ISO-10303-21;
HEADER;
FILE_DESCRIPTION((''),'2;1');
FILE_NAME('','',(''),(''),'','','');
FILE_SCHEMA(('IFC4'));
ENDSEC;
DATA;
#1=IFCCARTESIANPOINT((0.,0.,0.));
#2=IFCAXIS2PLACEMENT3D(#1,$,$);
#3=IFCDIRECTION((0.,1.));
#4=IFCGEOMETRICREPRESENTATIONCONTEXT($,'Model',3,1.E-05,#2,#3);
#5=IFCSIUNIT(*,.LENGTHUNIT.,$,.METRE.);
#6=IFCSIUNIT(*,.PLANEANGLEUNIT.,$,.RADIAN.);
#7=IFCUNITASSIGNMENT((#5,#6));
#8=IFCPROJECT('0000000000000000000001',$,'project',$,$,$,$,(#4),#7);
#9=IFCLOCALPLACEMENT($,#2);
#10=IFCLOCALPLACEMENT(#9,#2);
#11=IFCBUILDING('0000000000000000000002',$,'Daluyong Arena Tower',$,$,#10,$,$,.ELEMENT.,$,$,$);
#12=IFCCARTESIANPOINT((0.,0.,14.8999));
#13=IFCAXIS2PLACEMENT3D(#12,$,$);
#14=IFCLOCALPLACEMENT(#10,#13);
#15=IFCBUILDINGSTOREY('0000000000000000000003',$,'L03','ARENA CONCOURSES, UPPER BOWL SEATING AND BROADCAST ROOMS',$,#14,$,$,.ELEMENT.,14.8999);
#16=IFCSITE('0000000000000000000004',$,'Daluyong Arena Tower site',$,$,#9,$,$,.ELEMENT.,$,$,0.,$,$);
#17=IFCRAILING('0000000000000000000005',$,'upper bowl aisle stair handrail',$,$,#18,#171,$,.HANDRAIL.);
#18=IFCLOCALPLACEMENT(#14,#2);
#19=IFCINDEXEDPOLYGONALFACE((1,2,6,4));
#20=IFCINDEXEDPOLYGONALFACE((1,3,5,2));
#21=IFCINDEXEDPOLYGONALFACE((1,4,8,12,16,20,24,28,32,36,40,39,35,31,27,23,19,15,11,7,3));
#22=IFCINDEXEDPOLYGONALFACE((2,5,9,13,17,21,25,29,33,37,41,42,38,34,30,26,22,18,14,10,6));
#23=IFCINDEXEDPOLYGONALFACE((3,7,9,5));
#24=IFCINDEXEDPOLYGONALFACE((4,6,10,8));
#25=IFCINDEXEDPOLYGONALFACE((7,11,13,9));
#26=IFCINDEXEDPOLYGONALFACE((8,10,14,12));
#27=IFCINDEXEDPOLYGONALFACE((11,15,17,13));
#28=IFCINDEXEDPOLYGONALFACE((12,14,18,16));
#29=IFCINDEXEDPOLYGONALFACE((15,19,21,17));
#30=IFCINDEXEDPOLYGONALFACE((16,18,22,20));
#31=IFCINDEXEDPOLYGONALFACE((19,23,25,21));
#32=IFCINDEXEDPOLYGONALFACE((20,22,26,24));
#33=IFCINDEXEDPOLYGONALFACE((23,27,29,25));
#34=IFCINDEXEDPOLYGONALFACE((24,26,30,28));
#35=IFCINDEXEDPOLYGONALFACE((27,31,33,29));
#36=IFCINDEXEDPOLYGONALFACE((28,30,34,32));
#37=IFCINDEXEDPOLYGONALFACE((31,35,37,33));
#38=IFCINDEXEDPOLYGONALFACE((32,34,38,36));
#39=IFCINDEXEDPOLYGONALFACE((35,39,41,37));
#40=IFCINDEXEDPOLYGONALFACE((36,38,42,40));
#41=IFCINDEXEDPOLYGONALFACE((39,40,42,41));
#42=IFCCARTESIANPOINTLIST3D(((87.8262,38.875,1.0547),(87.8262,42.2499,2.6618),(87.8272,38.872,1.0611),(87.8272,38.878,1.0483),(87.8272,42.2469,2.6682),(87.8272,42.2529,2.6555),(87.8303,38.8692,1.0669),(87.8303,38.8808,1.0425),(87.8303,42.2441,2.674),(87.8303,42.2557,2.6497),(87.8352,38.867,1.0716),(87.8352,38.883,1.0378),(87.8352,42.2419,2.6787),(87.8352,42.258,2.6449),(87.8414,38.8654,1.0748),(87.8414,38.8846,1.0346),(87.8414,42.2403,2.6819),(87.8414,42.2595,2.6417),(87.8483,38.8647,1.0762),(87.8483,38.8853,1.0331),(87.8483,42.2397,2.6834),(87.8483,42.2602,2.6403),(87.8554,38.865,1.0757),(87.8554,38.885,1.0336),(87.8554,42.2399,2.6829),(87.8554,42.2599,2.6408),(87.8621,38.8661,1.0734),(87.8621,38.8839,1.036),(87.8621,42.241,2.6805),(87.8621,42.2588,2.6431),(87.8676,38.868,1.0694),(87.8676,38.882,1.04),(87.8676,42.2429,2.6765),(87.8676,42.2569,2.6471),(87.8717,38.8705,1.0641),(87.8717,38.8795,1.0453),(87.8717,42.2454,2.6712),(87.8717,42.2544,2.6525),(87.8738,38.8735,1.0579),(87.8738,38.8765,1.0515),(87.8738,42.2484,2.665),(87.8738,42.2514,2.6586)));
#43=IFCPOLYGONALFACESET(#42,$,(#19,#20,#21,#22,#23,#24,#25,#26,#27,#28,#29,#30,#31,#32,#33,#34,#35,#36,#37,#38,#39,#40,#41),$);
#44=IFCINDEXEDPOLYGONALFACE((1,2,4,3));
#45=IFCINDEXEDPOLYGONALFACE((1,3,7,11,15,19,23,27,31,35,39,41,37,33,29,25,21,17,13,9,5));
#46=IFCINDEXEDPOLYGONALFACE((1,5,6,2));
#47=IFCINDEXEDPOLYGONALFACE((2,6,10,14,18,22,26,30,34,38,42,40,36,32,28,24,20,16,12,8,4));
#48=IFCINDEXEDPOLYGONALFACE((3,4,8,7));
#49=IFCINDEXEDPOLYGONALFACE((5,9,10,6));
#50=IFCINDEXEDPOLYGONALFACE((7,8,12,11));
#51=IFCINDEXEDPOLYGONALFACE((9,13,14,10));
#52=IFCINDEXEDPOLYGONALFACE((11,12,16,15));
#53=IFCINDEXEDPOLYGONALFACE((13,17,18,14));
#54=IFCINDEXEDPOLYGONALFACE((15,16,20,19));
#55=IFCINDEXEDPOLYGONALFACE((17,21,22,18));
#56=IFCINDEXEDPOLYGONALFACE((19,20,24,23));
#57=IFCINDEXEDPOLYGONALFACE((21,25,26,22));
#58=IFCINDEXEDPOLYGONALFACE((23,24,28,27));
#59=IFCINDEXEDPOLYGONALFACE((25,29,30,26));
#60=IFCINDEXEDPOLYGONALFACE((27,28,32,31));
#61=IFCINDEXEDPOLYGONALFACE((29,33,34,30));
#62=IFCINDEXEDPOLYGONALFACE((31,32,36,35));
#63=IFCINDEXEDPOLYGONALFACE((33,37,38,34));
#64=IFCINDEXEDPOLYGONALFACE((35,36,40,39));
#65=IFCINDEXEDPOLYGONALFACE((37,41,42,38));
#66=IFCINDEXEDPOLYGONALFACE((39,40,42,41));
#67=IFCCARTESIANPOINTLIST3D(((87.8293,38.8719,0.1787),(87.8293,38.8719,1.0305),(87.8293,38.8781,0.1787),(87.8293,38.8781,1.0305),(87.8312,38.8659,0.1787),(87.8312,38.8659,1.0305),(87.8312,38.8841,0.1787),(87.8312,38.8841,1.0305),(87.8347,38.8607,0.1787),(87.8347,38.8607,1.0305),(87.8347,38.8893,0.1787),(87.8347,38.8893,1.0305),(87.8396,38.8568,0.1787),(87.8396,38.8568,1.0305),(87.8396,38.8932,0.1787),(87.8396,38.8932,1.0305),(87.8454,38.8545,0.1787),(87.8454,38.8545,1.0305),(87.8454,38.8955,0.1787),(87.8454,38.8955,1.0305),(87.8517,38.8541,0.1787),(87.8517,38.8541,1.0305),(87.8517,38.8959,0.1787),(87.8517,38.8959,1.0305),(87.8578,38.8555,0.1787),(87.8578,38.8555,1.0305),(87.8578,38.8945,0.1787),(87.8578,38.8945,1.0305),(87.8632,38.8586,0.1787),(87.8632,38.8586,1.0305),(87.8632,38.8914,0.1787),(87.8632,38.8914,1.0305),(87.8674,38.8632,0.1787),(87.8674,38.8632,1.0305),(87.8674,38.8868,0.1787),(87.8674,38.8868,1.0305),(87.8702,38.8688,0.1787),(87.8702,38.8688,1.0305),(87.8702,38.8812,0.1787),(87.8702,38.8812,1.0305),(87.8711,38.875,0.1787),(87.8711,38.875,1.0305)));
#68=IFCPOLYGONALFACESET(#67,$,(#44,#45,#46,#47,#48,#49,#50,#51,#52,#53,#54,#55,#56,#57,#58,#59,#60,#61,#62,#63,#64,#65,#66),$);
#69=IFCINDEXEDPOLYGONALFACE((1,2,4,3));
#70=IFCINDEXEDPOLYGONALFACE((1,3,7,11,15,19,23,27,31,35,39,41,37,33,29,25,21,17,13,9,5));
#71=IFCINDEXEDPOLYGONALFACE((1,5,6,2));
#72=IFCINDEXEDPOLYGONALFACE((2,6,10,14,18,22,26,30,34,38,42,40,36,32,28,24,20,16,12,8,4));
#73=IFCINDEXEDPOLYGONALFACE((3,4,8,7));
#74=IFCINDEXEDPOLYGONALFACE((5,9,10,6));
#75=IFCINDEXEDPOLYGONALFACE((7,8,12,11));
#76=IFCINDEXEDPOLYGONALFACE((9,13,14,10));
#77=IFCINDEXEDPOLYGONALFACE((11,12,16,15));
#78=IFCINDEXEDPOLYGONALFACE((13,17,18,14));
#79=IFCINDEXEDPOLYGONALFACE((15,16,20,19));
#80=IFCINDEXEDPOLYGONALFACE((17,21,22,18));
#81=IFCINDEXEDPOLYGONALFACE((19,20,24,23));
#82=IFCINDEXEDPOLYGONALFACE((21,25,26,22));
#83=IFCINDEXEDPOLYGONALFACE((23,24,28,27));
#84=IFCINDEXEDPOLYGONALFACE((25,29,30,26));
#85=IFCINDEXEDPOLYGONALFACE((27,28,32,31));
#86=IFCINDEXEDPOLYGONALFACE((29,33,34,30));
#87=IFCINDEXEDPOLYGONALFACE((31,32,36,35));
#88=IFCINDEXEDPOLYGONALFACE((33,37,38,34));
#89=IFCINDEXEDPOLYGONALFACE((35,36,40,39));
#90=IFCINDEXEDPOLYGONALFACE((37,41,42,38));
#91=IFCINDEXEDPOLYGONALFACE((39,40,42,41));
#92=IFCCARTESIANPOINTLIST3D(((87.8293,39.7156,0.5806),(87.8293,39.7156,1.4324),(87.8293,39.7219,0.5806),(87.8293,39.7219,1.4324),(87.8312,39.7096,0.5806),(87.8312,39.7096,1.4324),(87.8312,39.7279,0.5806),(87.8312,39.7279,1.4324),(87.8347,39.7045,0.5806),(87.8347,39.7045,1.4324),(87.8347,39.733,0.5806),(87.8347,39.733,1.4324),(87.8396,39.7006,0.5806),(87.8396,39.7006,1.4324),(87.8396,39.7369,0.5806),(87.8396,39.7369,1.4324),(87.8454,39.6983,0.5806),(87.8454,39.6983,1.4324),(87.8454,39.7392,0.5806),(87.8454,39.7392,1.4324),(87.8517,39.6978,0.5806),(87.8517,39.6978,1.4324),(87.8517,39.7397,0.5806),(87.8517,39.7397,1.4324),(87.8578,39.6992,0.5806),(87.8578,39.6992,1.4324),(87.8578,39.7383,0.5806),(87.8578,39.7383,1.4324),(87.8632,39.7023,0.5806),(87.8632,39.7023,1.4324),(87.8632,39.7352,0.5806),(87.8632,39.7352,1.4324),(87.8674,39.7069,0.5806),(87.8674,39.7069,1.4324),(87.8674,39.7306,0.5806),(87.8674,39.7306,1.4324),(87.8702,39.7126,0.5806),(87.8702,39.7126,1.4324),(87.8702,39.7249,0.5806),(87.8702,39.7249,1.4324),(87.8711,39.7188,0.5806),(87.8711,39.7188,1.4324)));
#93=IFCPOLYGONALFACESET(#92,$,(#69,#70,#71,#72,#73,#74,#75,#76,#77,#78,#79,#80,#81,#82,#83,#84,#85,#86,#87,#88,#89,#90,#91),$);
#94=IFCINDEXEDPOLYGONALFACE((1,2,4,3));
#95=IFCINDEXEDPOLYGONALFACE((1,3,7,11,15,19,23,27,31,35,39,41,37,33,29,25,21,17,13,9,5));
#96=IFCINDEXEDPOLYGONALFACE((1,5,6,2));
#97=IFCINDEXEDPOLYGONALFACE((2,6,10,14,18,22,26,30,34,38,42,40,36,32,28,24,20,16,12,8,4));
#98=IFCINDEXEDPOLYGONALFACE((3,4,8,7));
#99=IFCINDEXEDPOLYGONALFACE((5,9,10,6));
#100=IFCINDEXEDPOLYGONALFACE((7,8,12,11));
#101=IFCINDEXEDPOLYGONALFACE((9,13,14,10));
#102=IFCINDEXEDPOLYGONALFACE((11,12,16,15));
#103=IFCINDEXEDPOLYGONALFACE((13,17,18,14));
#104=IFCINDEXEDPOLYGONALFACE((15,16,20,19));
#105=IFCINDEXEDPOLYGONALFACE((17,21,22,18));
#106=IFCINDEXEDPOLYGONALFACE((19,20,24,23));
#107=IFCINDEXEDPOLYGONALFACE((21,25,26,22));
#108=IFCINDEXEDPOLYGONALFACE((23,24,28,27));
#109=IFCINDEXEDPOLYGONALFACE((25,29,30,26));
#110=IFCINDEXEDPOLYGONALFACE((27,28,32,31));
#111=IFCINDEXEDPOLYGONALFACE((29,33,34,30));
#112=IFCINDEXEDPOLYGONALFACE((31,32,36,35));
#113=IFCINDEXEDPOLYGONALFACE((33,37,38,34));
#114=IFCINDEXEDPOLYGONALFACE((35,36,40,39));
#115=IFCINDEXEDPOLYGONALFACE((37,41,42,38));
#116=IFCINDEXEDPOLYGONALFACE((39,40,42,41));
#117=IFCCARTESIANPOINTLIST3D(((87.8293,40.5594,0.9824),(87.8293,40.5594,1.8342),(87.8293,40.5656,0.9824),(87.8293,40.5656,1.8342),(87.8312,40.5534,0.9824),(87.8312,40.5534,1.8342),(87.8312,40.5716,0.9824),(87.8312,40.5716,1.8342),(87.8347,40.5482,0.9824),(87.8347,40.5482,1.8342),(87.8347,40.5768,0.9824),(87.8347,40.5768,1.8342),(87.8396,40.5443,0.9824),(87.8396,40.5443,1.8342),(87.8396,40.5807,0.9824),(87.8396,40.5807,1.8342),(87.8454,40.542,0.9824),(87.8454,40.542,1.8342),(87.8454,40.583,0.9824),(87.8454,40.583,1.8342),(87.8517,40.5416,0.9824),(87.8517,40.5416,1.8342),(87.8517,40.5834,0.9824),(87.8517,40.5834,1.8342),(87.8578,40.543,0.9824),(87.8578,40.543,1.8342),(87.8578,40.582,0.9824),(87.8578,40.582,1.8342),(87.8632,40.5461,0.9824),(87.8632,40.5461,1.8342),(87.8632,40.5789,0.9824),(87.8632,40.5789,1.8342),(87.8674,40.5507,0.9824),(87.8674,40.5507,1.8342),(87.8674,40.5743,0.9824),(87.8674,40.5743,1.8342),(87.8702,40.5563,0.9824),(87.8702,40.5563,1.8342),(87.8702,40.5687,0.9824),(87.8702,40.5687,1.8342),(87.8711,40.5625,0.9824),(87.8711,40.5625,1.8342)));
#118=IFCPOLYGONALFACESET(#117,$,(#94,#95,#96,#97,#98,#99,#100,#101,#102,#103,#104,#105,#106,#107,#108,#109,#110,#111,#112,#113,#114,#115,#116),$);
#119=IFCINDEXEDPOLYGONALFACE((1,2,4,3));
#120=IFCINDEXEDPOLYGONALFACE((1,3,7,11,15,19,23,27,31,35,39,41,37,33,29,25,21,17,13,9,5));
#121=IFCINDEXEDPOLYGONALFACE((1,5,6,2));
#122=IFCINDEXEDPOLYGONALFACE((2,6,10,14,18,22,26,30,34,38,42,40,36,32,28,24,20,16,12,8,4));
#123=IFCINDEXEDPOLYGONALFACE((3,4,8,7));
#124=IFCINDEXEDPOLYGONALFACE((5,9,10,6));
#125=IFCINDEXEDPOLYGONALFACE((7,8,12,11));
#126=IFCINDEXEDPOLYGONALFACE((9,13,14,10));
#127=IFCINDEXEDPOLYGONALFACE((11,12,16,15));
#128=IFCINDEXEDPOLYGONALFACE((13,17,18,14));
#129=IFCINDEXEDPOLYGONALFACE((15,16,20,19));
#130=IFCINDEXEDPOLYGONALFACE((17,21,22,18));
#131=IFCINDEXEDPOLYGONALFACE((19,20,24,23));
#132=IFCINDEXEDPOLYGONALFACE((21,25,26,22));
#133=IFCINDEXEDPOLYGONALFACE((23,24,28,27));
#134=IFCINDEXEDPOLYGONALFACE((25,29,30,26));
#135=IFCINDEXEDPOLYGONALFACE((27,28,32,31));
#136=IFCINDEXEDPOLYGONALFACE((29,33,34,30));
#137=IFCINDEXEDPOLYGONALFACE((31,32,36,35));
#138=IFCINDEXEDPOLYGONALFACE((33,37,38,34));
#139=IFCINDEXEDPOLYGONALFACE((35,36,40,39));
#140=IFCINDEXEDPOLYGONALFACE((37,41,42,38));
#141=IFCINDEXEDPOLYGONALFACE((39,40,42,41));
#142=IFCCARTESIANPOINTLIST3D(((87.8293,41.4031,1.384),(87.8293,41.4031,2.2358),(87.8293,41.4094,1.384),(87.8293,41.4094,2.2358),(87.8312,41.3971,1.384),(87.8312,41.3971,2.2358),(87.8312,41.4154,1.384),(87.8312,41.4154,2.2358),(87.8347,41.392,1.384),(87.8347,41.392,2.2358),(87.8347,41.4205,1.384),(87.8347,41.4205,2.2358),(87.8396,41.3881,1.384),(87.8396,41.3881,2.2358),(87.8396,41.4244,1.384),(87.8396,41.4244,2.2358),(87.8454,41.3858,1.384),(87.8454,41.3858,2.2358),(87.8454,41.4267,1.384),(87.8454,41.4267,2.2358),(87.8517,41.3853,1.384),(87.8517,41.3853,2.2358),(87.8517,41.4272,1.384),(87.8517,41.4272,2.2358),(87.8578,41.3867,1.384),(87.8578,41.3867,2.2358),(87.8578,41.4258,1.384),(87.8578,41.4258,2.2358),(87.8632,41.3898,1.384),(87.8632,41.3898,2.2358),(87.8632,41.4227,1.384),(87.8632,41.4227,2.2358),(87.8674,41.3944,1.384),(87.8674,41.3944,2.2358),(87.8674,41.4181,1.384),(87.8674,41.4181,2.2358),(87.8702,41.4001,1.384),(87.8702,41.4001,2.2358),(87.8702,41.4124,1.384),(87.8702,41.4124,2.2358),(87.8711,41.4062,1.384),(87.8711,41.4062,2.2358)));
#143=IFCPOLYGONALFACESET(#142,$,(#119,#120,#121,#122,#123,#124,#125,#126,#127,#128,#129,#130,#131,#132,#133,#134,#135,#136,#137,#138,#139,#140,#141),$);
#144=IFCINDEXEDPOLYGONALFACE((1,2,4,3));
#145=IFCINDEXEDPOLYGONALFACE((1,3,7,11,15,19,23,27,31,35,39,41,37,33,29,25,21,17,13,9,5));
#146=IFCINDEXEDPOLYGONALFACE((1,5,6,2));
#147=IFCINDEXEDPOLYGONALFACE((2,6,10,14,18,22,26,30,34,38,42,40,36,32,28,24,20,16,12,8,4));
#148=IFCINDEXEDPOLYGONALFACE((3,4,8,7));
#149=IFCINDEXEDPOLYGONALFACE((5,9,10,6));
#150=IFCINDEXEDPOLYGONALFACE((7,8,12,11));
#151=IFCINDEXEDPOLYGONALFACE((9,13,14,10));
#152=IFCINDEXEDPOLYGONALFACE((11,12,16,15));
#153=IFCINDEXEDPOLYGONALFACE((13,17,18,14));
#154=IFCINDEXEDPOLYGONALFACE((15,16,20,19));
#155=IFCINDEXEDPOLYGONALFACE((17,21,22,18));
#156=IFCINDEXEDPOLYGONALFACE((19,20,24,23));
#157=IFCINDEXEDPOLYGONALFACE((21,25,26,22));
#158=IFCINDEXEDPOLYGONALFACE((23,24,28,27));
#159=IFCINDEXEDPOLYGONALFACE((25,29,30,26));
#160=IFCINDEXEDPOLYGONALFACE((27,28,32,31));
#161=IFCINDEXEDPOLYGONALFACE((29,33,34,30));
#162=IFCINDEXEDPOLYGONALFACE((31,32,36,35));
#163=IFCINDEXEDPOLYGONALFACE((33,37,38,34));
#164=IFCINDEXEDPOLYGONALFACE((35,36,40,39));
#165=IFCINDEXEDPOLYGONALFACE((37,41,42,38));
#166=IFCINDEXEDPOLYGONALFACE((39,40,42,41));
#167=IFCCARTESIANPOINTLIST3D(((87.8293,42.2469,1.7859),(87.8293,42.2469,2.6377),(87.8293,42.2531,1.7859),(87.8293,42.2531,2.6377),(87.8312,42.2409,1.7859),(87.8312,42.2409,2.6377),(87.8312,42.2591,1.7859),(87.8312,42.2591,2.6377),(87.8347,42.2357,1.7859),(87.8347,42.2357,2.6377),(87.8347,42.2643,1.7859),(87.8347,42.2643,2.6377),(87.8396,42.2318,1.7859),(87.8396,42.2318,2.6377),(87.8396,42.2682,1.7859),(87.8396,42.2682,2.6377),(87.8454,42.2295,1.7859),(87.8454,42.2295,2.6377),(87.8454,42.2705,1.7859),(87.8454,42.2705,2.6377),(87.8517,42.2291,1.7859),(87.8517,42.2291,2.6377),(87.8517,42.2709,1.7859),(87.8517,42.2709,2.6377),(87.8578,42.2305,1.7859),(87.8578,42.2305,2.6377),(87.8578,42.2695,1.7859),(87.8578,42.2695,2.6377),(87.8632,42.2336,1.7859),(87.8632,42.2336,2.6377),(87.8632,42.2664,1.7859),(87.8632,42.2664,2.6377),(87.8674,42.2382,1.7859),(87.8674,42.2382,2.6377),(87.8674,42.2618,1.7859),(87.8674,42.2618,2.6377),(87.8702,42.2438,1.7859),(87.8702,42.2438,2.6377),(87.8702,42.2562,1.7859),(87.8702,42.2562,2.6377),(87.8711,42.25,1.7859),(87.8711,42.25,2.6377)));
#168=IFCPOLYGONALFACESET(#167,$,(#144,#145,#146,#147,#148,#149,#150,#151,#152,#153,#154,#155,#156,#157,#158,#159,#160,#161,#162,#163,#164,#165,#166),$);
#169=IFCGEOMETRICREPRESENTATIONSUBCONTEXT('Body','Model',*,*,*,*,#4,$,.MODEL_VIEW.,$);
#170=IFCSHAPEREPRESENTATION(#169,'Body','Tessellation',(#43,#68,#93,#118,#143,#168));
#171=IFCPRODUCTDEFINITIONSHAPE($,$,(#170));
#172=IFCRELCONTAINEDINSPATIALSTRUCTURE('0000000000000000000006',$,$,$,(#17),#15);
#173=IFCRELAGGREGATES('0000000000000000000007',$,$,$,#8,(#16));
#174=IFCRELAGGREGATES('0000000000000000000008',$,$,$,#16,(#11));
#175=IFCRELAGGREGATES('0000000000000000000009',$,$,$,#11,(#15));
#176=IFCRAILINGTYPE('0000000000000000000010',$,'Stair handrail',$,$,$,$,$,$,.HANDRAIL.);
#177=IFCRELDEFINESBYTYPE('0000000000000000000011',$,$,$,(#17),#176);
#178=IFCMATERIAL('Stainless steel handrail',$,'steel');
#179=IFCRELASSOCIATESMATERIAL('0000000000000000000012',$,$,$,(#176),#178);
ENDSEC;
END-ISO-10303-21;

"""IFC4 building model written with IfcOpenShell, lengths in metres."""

from ifc_helpers import new_model, si_unit, direction, frame, origin, origin_2d, place, context, subcontext, project, spatial, circle, extrude, material, type_object, element, save


model = new_model("IFC4")

# Units and contexts
model_context = context("Model", 3, precision=1e-05, world=origin(), true_north=direction((0.0, 1.0)))
body_context = subcontext(model_context, "Body", "Model", "MODEL_VIEW")
ifc_project = project(units=[si_unit("LENGTHUNIT", "METRE"), si_unit("PLANEANGLEUNIT", "RADIAN")], contexts=[model_context])

# Site, building, storey
site_placement = place(None, origin())
site = spatial("IfcSite", under=ifc_project, at=site_placement, Name="Daluyong Arena Tower site", CompositionType="ELEMENT", RefElevation=0.0)
building_placement = place(site_placement, origin())
building = spatial("IfcBuilding", under=site, at=building_placement, Name="Daluyong Arena Tower", CompositionType="ELEMENT")
storey_placement = place(building_placement, frame((0.0, 0.0, 14.8999)))
storey = spatial("IfcBuildingStorey", under=building, at=storey_placement, Name="L03", Description="ARENA CONCOURSES, UPPER BOWL SEATING AND BROADCAST ROOMS", CompositionType="ELEMENT", Elevation=14.8999)

# Railing
ifc_material_1 = material(Name="Stainless steel handrail", Category="steel")
railing_type_1 = type_object("IfcRailingType", Name="Stair handrail", PredefinedType="HANDRAIL", material=ifc_material_1)
for number, where, name in (
    (1, (87.8501, 38.875, 0.1787), "upper bowl aisle stair handrail"),
):
    element("IfcRailing", number, at=place(storey_placement, frame(where)), inside=storey, type_object=railing_type_1, Name=name, PredefinedType="HANDRAIL", context=body_context, shape_type="SweptSolid", body=[
        extrude(circle(Radius=0.0239, at=origin_2d()), frame((0.0, 0.0, 0.876), z_axis=(0.0, 0.902857, 0.429941), x_axis=(-1.0, 0.0, 0.0)), (0.0, 0.0, 1.0), 3.738),
        extrude(circle(Radius=0.021, at=origin_2d()), origin(), (0.0, 0.0, 1.0), 0.8518),
        extrude(circle(Radius=0.021, at=origin_2d()), frame((0.0, 0.8438, 0.4019)), (0.0, 0.0, 1.0), 0.8518),
        extrude(circle(Radius=0.021, at=origin_2d()), frame((0.0, 1.6875, 0.8037)), (0.0, 0.0, 1.0), 0.8518),
        extrude(circle(Radius=0.021, at=origin_2d()), frame((0.0, 2.5312, 1.2053)), (0.0, 0.0, 1.0), 0.8518),
        extrude(circle(Radius=0.021, at=origin_2d()), frame((0.0, 3.375, 1.6072)), (0.0, 0.0, 1.0), 0.8518),
    ])

save(model, "model.ifc")
